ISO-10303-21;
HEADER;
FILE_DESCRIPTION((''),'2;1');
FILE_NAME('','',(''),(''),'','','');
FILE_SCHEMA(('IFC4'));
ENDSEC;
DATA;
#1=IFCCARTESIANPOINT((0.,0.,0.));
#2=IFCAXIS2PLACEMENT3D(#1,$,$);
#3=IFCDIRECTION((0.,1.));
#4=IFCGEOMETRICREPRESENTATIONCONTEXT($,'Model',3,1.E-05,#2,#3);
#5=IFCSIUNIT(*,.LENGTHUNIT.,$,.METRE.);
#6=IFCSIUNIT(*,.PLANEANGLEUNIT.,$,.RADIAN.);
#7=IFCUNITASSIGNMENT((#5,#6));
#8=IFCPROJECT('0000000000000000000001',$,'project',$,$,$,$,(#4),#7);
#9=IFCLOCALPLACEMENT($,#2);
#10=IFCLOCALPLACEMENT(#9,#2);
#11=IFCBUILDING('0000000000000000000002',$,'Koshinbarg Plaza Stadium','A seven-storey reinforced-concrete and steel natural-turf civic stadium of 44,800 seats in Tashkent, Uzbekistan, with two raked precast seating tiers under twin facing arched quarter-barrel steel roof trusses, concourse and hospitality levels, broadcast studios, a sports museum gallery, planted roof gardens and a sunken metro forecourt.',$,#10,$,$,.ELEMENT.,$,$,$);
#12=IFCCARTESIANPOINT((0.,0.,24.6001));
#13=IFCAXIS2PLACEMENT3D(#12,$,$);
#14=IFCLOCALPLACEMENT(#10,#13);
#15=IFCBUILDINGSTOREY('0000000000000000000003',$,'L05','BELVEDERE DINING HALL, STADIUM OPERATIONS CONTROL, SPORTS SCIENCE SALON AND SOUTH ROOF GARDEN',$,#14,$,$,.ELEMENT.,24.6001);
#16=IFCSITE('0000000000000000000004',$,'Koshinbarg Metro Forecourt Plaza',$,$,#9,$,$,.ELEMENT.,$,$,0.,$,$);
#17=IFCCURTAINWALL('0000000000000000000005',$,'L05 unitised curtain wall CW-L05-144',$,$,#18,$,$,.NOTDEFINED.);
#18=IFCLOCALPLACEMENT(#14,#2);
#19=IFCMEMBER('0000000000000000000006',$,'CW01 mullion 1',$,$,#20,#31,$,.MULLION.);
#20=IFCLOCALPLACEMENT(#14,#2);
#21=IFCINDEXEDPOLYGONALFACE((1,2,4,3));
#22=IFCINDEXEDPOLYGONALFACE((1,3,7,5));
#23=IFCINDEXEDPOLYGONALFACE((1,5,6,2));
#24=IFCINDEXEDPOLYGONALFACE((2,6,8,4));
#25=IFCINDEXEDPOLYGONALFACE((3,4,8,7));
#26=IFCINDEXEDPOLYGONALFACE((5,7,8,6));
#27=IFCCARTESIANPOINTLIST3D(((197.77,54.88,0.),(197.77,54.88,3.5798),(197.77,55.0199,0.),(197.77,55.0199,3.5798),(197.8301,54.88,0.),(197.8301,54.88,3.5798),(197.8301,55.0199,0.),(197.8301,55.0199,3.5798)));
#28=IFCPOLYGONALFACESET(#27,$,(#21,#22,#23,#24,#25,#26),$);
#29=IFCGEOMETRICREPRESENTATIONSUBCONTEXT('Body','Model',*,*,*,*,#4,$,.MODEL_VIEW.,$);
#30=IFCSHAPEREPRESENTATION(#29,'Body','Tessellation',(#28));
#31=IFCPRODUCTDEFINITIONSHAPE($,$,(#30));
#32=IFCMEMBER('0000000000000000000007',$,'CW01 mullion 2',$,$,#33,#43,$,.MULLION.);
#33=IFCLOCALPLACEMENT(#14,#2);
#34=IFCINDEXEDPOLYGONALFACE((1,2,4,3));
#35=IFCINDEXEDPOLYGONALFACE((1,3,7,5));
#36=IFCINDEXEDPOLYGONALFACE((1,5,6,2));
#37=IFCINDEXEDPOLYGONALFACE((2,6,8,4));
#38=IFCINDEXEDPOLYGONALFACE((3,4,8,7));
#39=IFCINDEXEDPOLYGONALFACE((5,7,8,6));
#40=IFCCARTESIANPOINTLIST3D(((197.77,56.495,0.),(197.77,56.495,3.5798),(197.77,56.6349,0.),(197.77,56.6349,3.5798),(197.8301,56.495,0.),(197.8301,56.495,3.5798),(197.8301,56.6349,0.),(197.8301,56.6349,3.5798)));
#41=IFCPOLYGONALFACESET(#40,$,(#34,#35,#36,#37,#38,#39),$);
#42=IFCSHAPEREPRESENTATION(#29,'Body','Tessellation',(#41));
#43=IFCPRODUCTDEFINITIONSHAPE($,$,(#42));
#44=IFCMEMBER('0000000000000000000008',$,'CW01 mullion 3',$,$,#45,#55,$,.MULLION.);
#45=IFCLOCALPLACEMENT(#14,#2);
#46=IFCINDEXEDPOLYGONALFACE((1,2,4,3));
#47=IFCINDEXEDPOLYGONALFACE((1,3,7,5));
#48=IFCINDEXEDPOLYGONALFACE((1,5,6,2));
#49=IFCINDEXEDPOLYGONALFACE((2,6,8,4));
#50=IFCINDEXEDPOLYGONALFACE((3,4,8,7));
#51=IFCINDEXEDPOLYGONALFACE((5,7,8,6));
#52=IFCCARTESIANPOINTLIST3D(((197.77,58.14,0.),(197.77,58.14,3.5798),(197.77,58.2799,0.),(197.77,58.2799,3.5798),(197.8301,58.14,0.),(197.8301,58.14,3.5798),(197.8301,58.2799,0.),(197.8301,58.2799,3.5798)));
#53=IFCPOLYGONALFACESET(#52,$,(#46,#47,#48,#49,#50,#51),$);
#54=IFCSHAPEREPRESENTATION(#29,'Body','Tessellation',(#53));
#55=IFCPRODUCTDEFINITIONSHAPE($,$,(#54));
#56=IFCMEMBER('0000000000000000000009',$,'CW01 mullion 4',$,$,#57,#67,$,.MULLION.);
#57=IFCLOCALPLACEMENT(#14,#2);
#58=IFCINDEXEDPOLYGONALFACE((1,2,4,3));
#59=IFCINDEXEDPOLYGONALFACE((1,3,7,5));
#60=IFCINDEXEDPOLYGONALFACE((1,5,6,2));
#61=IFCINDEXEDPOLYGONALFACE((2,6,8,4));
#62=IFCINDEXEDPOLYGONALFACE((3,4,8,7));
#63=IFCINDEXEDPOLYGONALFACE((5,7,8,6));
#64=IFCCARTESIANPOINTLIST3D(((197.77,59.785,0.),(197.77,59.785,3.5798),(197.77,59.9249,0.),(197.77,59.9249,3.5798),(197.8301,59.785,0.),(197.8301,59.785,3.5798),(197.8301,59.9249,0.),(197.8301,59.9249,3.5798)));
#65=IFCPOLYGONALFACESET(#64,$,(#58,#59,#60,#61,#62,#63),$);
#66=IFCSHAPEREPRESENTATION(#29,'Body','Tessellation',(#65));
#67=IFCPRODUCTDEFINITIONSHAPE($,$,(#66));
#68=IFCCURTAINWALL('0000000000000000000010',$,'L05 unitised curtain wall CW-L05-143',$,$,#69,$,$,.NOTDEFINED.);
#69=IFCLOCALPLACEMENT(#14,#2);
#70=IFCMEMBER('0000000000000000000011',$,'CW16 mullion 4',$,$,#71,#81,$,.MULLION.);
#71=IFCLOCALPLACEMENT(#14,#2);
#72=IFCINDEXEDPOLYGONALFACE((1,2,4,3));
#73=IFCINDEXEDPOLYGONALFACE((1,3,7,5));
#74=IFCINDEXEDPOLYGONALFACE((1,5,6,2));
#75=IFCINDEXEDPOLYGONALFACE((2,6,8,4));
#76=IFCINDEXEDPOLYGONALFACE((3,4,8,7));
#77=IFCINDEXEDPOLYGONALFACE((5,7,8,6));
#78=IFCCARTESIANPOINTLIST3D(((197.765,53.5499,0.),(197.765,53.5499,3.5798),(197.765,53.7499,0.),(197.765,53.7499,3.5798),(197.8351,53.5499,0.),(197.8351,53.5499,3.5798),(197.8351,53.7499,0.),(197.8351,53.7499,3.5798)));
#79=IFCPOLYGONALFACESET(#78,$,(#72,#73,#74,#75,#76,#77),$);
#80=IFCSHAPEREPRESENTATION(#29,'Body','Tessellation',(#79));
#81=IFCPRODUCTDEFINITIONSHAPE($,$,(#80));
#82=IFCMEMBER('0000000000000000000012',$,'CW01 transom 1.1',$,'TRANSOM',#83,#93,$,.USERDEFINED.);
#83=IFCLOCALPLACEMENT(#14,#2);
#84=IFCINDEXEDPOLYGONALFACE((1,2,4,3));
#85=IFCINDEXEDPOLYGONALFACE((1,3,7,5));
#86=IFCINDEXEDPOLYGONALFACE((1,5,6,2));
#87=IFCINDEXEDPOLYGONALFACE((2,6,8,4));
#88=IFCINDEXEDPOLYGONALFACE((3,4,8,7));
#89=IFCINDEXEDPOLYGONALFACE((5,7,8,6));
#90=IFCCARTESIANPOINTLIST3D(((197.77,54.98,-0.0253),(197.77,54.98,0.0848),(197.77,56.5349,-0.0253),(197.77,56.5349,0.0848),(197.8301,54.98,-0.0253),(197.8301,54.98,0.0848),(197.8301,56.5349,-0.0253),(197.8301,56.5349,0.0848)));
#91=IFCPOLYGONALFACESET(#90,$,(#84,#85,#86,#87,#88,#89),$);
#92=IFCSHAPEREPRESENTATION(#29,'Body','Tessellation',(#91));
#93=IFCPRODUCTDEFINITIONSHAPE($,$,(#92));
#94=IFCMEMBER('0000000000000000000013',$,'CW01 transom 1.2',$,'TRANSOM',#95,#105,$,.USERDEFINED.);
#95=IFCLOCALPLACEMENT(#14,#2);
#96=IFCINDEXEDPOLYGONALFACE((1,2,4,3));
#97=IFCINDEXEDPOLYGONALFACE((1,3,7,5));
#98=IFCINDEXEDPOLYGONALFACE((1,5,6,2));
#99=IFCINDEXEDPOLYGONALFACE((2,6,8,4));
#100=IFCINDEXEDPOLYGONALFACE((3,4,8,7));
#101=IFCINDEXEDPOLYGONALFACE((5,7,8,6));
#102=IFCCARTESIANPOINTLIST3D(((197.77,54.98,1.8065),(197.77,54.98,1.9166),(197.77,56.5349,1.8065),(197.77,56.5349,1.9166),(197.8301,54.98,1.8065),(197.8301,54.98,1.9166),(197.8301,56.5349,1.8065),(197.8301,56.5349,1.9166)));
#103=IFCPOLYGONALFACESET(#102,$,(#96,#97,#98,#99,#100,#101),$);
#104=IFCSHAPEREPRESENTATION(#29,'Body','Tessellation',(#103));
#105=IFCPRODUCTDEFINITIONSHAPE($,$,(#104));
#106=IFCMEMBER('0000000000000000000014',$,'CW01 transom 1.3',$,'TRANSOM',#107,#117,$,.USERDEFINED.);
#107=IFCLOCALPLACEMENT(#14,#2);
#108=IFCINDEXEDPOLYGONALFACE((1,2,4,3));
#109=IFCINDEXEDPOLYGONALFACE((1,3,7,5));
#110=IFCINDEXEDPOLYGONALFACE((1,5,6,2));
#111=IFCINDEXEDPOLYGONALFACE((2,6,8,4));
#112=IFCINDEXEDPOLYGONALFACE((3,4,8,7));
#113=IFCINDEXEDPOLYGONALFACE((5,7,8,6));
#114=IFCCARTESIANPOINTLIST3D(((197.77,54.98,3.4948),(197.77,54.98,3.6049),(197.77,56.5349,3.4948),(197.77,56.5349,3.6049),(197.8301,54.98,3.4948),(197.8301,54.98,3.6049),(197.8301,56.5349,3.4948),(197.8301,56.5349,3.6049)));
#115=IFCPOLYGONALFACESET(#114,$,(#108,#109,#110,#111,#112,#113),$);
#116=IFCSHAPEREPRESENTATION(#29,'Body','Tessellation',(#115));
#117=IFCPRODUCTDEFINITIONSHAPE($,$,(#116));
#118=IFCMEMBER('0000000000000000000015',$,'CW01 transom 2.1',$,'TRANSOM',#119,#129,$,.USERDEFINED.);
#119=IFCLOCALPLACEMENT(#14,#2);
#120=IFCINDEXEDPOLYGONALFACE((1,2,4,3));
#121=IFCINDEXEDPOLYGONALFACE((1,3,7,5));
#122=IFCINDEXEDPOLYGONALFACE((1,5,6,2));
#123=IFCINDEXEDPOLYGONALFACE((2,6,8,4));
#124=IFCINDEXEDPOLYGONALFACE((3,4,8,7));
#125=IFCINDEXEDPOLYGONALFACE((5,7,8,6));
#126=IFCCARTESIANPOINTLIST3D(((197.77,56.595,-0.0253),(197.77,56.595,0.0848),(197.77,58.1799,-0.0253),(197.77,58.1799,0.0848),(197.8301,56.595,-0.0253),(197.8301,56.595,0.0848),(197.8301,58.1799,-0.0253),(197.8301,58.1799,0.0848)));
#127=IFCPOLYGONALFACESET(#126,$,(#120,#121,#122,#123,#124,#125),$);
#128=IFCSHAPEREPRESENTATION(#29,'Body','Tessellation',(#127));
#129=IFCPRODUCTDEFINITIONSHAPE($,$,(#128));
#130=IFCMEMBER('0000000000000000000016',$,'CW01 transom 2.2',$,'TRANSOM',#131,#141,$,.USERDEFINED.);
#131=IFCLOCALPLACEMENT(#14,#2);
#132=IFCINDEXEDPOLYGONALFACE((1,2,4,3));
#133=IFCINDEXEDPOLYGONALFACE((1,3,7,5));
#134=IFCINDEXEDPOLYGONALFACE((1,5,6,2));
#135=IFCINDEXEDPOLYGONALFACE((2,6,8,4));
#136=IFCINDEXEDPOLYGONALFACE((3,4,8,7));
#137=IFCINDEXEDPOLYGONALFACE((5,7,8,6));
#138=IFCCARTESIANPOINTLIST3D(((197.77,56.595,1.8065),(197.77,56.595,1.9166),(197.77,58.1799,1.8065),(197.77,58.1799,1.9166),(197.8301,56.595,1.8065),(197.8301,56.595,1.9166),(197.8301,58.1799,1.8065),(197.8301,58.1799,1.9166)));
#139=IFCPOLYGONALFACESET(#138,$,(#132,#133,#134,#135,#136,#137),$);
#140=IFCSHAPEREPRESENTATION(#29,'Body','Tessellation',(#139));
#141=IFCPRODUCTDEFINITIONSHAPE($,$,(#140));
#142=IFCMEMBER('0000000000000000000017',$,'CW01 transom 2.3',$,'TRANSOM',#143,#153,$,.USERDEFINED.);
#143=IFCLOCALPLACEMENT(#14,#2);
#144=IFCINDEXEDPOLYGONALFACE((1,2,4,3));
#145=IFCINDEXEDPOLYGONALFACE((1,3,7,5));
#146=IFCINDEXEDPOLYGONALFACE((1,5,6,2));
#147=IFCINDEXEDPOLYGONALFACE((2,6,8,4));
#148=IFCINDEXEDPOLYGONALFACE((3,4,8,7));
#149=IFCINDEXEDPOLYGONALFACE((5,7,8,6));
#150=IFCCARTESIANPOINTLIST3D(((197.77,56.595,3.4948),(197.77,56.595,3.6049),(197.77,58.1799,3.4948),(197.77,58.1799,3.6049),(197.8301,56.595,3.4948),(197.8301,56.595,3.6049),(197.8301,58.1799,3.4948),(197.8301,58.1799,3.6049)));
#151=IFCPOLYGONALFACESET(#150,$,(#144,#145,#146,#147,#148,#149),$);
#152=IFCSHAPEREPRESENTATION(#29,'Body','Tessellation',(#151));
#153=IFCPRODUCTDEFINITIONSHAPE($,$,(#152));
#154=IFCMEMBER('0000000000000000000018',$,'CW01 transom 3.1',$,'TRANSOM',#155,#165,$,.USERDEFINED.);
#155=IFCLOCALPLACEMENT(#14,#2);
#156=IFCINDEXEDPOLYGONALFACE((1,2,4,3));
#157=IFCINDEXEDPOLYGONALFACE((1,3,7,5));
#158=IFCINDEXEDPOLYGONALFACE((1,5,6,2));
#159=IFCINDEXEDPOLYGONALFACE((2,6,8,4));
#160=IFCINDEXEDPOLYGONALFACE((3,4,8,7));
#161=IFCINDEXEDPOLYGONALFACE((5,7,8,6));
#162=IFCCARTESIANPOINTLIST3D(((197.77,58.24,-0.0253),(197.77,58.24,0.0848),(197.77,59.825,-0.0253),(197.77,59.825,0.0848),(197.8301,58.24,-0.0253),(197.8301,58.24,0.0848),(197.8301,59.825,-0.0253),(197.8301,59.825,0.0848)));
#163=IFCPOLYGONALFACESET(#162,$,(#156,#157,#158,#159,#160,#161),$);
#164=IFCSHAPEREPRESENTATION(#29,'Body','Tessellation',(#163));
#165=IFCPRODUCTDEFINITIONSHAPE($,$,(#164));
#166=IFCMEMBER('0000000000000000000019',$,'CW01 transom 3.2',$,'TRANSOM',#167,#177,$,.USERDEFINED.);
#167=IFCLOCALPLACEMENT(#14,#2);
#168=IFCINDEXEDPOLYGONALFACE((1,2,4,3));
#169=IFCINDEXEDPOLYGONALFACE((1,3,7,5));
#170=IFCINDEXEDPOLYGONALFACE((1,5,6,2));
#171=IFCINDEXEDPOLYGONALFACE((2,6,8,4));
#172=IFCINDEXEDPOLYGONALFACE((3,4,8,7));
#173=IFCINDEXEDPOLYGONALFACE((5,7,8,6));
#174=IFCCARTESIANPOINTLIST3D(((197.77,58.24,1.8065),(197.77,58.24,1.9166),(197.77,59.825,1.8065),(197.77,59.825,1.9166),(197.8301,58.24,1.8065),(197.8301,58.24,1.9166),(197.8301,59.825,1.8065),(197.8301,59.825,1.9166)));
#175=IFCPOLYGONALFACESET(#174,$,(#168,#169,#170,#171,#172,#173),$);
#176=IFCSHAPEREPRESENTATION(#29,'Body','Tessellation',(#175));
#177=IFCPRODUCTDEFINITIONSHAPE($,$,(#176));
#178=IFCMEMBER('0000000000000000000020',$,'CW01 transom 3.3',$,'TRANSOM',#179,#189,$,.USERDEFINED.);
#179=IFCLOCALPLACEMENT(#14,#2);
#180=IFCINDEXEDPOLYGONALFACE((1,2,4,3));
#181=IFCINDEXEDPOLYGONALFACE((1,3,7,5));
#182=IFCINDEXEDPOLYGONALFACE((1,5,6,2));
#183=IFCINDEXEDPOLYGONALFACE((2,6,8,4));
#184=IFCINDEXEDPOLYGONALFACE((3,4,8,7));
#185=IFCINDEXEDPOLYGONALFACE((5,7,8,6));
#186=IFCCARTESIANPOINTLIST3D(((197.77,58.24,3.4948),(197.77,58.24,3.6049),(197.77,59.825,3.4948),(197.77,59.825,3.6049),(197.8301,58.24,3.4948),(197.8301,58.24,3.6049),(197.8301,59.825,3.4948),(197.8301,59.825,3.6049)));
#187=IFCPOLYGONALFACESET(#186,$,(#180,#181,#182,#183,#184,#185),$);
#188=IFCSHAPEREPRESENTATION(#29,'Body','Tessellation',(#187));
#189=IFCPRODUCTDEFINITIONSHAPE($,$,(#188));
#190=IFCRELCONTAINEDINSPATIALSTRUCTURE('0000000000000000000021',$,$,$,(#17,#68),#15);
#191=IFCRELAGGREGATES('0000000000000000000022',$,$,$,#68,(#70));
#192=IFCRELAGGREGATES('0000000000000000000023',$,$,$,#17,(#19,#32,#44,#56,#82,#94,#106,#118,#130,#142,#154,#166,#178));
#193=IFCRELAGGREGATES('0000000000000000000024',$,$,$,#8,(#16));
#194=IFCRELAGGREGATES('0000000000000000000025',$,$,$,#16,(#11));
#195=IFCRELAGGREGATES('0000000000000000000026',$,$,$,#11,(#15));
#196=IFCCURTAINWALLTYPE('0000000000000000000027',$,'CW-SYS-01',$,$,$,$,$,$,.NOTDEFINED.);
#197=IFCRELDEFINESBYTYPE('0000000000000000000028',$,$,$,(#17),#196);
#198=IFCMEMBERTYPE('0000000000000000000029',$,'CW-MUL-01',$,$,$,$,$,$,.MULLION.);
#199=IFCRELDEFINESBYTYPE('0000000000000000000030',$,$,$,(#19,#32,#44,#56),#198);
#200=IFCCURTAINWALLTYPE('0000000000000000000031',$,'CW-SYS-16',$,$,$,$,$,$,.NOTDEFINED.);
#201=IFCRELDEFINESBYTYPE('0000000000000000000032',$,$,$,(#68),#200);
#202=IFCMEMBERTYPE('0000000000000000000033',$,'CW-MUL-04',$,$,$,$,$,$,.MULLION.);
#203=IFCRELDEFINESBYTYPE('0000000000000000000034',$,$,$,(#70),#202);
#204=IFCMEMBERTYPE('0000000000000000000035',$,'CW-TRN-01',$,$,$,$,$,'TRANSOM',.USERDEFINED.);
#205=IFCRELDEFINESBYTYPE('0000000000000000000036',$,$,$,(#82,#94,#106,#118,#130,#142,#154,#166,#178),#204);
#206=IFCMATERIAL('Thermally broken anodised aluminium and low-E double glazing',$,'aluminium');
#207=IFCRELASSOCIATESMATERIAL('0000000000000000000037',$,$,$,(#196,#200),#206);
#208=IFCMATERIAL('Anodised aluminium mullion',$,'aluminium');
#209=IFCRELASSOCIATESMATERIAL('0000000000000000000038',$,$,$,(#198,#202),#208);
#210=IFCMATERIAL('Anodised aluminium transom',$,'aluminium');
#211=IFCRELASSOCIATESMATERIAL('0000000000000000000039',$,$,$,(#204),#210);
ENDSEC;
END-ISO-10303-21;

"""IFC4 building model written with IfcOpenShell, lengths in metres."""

from ifc_helpers import new_model, si_unit, direction, frame, origin, origin_2d, place, context, subcontext, project, spatial, rectangle, extrude, material, material_profile, profile_set, type_object, element, aggregate, save


model = new_model("IFC4")

# Units and contexts
model_context = context("Model", 3, precision=1e-05, world=origin(), true_north=direction((0.0, 1.0)))
body_context = subcontext(model_context, "Body", "Model", "MODEL_VIEW")
ifc_project = project(units=[si_unit("LENGTHUNIT", "METRE"), si_unit("PLANEANGLEUNIT", "RADIAN")], contexts=[model_context])

# Site, building, storey
site_placement = place(None, origin())
site = spatial("IfcSite", under=ifc_project, at=site_placement, Name="Koshinbarg Metro Forecourt Plaza", CompositionType="ELEMENT", RefElevation=0.0)
building_placement = place(site_placement, origin())
building = spatial("IfcBuilding", under=site, at=building_placement, Name="Koshinbarg Plaza Stadium", Description="A seven-storey reinforced-concrete and steel natural-turf civic stadium of 44,800 seats in Tashkent, Uzbekistan, with two raked precast seating tiers under twin facing arched quarter-barrel steel roof trusses, concourse and hospitality levels, broadcast studios, a sports museum gallery, planted roof gardens and a sunken metro forecourt.", CompositionType="ELEMENT")
storey_placement = place(building_placement, frame((0.0, 0.0, 24.6001)))
storey = spatial("IfcBuildingStorey", under=building, at=storey_placement, Name="L05", Description="BELVEDERE DINING HALL, STADIUM OPERATIONS CONTROL, SPORTS SCIENCE SALON AND SOUTH ROOF GARDEN", CompositionType="ELEMENT", Elevation=24.6001)

# Curtain wall, members
ifc_material_1 = material(Name="Thermally broken anodised aluminium and low-E double glazing", Category="aluminium")
curtain_wall_type_1 = type_object("IfcCurtainWallType", Name="CW-SYS-01", PredefinedType="NOTDEFINED", material=ifc_material_1)
curtain_wall_1_placement = place(storey_placement, origin())
curtain_wall_1 = element("IfcCurtainWall", 1, at=curtain_wall_1_placement, inside=storey, type_object=curtain_wall_type_1, Name="L05 unitised curtain wall CW-L05-144", PredefinedType="NOTDEFINED")
ifc_material_2 = material(Name="Anodised aluminium mullion", Category="aluminium")
ifc_material_profile_1 = material_profile(ifc_material_2, rectangle(XDim=0.0601, YDim=0.1399, at=origin_2d()), Name="ALU 60x140")
ifc_profile_set_1 = profile_set([ifc_material_profile_1], Name="Anodised aluminium mullion")
member_type_1 = type_object("IfcMemberType", Name="CW-MUL-01", PredefinedType="MULLION", material=ifc_profile_set_1)
member_1_placement = place(storey_placement, frame((197.8, 54.95, 0.0), z_axis=(0.0, 0.0, 1.0), x_axis=(-1.0, 0.0, 0.0)))
member_1 = element("IfcMember", 2, at=member_1_placement, type_object=member_type_1, Name="CW01 mullion 1", PredefinedType="MULLION", context=body_context, shape_type="SweptSolid", body=[
    extrude(rectangle(XDim=0.0601, YDim=0.1399, at=origin_2d()), origin(), (0.0, 0.0, 1.0), 3.5798),
])
member_2_placement = place(storey_placement, frame((197.8, 56.5649, 0.0), z_axis=(0.0, 0.0, 1.0), x_axis=(-1.0, 0.0, 0.0)))
member_2 = element("IfcMember", 3, at=member_2_placement, type_object=member_type_1, Name="CW01 mullion 2", PredefinedType="MULLION", context=body_context, shape_type="SweptSolid", body=[
    extrude(rectangle(XDim=0.0601, YDim=0.1399, at=origin_2d()), origin(), (0.0, 0.0, 1.0), 3.5798),
])
member_3_placement = place(storey_placement, frame((197.8, 58.21, 0.0), z_axis=(0.0, 0.0, 1.0), x_axis=(-1.0, 0.0, 0.0)))
member_3 = element("IfcMember", 4, at=member_3_placement, type_object=member_type_1, Name="CW01 mullion 3", PredefinedType="MULLION", context=body_context, shape_type="SweptSolid", body=[
    extrude(rectangle(XDim=0.0601, YDim=0.1399, at=origin_2d()), origin(), (0.0, 0.0, 1.0), 3.5798),
])
member_4_placement = place(storey_placement, frame((197.8, 59.855, 0.0), z_axis=(0.0, 0.0, 1.0), x_axis=(-1.0, 0.0, 0.0)))
member_4 = element("IfcMember", 5, at=member_4_placement, type_object=member_type_1, Name="CW01 mullion 4", PredefinedType="MULLION", context=body_context, shape_type="SweptSolid", body=[
    extrude(rectangle(XDim=0.0601, YDim=0.1399, at=origin_2d()), origin(), (0.0, 0.0, 1.0), 3.5798),
])

# Curtain wall, member
curtain_wall_type_2 = type_object("IfcCurtainWallType", Name="CW-SYS-16", PredefinedType="NOTDEFINED", material=ifc_material_1)
curtain_wall_2_placement = place(storey_placement, origin())
curtain_wall_2 = element("IfcCurtainWall", 6, at=curtain_wall_2_placement, inside=storey, type_object=curtain_wall_type_2, Name="L05 unitised curtain wall CW-L05-143", PredefinedType="NOTDEFINED")
ifc_material_profile_2 = material_profile(ifc_material_2, rectangle(XDim=0.0701, YDim=0.2, at=origin_2d()), Name="ALU 70x200")
ifc_profile_set_2 = profile_set([ifc_material_profile_2], Name="Anodised aluminium mullion")
member_type_2 = type_object("IfcMemberType", Name="CW-MUL-04", PredefinedType="MULLION", material=ifc_profile_set_2)
member_5_placement = place(storey_placement, frame((197.8, 53.6499, 0.0), z_axis=(0.0, 0.0, 1.0), x_axis=(-1.0, 0.0, 0.0)))
member_5 = element("IfcMember", 7, at=member_5_placement, type_object=member_type_2, Name="CW16 mullion 4", PredefinedType="MULLION", context=body_context, shape_type="SweptSolid", body=[
    extrude(rectangle(XDim=0.0701, YDim=0.2, at=origin_2d()), origin(), (0.0, 0.0, 1.0), 3.5798),
])
aggregate(curtain_wall_2, [member_5])

# Members
ifc_material_3 = material(Name="Anodised aluminium transom", Category="aluminium")
ifc_material_profile_3 = material_profile(ifc_material_3, rectangle(XDim=0.0601, YDim=0.1101, at=origin_2d()), Name="ALU 60x110")
ifc_profile_set_3 = profile_set([ifc_material_profile_3], Name="Anodised aluminium transom")
member_type_3 = type_object("IfcMemberType", Name="CW-TRN-01", ElementType="TRANSOM", PredefinedType="USERDEFINED", material=ifc_profile_set_3)
member_6_placement = place(storey_placement, frame((197.8, 54.98, 0.0298), z_axis=(0.0, 1.0, 0.0), x_axis=(-1.0, 0.0, 0.0)))
member_6 = element("IfcMember", 8, at=member_6_placement, type_object=member_type_3, Name="CW01 transom 1.1", ObjectType="TRANSOM", PredefinedType="USERDEFINED", context=body_context, shape_type="SweptSolid", body=[
    extrude(rectangle(XDim=0.0601, YDim=0.1101, at=origin_2d()), origin(), (0.0, 0.0, 1.0), 1.5549),
])
member_7_placement = place(storey_placement, frame((197.8, 54.98, 1.8616), z_axis=(0.0, 1.0, 0.0), x_axis=(-1.0, 0.0, 0.0)))
member_7 = element("IfcMember", 9, at=member_7_placement, type_object=member_type_3, Name="CW01 transom 1.2", ObjectType="TRANSOM", PredefinedType="USERDEFINED", context=body_context, shape_type="SweptSolid", body=[
    extrude(rectangle(XDim=0.0601, YDim=0.1101, at=origin_2d()), origin(), (0.0, 0.0, 1.0), 1.5549),
])
member_8_placement = place(storey_placement, frame((197.8, 54.98, 3.5498), z_axis=(0.0, 1.0, 0.0), x_axis=(-1.0, 0.0, 0.0)))
member_8 = element("IfcMember", 10, at=member_8_placement, type_object=member_type_3, Name="CW01 transom 1.3", ObjectType="TRANSOM", PredefinedType="USERDEFINED", context=body_context, shape_type="SweptSolid", body=[
    extrude(rectangle(XDim=0.0601, YDim=0.1101, at=origin_2d()), origin(), (0.0, 0.0, 1.0), 1.5549),
])
member_9_placement = place(storey_placement, frame((197.8, 56.595, 0.0298), z_axis=(0.0, 1.0, 0.0), x_axis=(-1.0, 0.0, 0.0)))
member_9 = element("IfcMember", 11, at=member_9_placement, type_object=member_type_3, Name="CW01 transom 2.1", ObjectType="TRANSOM", PredefinedType="USERDEFINED", context=body_context, shape_type="SweptSolid", body=[
    extrude(rectangle(XDim=0.0601, YDim=0.1101, at=origin_2d()), origin(), (0.0, 0.0, 1.0), 1.585),
])
member_10_placement = place(storey_placement, frame((197.8, 56.595, 1.8616), z_axis=(0.0, 1.0, 0.0), x_axis=(-1.0, 0.0, 0.0)))
member_10 = element("IfcMember", 12, at=member_10_placement, type_object=member_type_3, Name="CW01 transom 2.2", ObjectType="TRANSOM", PredefinedType="USERDEFINED", context=body_context, shape_type="SweptSolid", body=[
    extrude(rectangle(XDim=0.0601, YDim=0.1101, at=origin_2d()), origin(), (0.0, 0.0, 1.0), 1.585),
])
member_11_placement = place(storey_placement, frame((197.8, 56.595, 3.5498), z_axis=(0.0, 1.0, 0.0), x_axis=(-1.0, 0.0, 0.0)))
member_11 = element("IfcMember", 13, at=member_11_placement, type_object=member_type_3, Name="CW01 transom 2.3", ObjectType="TRANSOM", PredefinedType="USERDEFINED", context=body_context, shape_type="SweptSolid", body=[
    extrude(rectangle(XDim=0.0601, YDim=0.1101, at=origin_2d()), origin(), (0.0, 0.0, 1.0), 1.585),
])
member_12_placement = place(storey_placement, frame((197.8, 58.24, 0.0298), z_axis=(0.0, 1.0, 0.0), x_axis=(-1.0, 0.0, 0.0)))
member_12 = element("IfcMember", 14, at=member_12_placement, type_object=member_type_3, Name="CW01 transom 3.1", ObjectType="TRANSOM", PredefinedType="USERDEFINED", context=body_context, shape_type="SweptSolid", body=[
    extrude(rectangle(XDim=0.0601, YDim=0.1101, at=origin_2d()), origin(), (0.0, 0.0, 1.0), 1.585),
])
member_13_placement = place(storey_placement, frame((197.8, 58.24, 1.8616), z_axis=(0.0, 1.0, 0.0), x_axis=(-1.0, 0.0, 0.0)))
member_13 = element("IfcMember", 15, at=member_13_placement, type_object=member_type_3, Name="CW01 transom 3.2", ObjectType="TRANSOM", PredefinedType="USERDEFINED", context=body_context, shape_type="SweptSolid", body=[
    extrude(rectangle(XDim=0.0601, YDim=0.1101, at=origin_2d()), origin(), (0.0, 0.0, 1.0), 1.585),
])
member_14_placement = place(storey_placement, frame((197.8, 58.24, 3.5498), z_axis=(0.0, 1.0, 0.0), x_axis=(-1.0, 0.0, 0.0)))
member_14 = element("IfcMember", 16, at=member_14_placement, type_object=member_type_3, Name="CW01 transom 3.3", ObjectType="TRANSOM", PredefinedType="USERDEFINED", context=body_context, shape_type="SweptSolid", body=[
    extrude(rectangle(XDim=0.0601, YDim=0.1101, at=origin_2d()), origin(), (0.0, 0.0, 1.0), 1.585),
])

aggregate(curtain_wall_1, [member_1, member_2, member_3, member_4, member_6, member_7, member_8, member_9, member_10, member_11, member_12, member_13, member_14])

save(model, "model.ifc")
